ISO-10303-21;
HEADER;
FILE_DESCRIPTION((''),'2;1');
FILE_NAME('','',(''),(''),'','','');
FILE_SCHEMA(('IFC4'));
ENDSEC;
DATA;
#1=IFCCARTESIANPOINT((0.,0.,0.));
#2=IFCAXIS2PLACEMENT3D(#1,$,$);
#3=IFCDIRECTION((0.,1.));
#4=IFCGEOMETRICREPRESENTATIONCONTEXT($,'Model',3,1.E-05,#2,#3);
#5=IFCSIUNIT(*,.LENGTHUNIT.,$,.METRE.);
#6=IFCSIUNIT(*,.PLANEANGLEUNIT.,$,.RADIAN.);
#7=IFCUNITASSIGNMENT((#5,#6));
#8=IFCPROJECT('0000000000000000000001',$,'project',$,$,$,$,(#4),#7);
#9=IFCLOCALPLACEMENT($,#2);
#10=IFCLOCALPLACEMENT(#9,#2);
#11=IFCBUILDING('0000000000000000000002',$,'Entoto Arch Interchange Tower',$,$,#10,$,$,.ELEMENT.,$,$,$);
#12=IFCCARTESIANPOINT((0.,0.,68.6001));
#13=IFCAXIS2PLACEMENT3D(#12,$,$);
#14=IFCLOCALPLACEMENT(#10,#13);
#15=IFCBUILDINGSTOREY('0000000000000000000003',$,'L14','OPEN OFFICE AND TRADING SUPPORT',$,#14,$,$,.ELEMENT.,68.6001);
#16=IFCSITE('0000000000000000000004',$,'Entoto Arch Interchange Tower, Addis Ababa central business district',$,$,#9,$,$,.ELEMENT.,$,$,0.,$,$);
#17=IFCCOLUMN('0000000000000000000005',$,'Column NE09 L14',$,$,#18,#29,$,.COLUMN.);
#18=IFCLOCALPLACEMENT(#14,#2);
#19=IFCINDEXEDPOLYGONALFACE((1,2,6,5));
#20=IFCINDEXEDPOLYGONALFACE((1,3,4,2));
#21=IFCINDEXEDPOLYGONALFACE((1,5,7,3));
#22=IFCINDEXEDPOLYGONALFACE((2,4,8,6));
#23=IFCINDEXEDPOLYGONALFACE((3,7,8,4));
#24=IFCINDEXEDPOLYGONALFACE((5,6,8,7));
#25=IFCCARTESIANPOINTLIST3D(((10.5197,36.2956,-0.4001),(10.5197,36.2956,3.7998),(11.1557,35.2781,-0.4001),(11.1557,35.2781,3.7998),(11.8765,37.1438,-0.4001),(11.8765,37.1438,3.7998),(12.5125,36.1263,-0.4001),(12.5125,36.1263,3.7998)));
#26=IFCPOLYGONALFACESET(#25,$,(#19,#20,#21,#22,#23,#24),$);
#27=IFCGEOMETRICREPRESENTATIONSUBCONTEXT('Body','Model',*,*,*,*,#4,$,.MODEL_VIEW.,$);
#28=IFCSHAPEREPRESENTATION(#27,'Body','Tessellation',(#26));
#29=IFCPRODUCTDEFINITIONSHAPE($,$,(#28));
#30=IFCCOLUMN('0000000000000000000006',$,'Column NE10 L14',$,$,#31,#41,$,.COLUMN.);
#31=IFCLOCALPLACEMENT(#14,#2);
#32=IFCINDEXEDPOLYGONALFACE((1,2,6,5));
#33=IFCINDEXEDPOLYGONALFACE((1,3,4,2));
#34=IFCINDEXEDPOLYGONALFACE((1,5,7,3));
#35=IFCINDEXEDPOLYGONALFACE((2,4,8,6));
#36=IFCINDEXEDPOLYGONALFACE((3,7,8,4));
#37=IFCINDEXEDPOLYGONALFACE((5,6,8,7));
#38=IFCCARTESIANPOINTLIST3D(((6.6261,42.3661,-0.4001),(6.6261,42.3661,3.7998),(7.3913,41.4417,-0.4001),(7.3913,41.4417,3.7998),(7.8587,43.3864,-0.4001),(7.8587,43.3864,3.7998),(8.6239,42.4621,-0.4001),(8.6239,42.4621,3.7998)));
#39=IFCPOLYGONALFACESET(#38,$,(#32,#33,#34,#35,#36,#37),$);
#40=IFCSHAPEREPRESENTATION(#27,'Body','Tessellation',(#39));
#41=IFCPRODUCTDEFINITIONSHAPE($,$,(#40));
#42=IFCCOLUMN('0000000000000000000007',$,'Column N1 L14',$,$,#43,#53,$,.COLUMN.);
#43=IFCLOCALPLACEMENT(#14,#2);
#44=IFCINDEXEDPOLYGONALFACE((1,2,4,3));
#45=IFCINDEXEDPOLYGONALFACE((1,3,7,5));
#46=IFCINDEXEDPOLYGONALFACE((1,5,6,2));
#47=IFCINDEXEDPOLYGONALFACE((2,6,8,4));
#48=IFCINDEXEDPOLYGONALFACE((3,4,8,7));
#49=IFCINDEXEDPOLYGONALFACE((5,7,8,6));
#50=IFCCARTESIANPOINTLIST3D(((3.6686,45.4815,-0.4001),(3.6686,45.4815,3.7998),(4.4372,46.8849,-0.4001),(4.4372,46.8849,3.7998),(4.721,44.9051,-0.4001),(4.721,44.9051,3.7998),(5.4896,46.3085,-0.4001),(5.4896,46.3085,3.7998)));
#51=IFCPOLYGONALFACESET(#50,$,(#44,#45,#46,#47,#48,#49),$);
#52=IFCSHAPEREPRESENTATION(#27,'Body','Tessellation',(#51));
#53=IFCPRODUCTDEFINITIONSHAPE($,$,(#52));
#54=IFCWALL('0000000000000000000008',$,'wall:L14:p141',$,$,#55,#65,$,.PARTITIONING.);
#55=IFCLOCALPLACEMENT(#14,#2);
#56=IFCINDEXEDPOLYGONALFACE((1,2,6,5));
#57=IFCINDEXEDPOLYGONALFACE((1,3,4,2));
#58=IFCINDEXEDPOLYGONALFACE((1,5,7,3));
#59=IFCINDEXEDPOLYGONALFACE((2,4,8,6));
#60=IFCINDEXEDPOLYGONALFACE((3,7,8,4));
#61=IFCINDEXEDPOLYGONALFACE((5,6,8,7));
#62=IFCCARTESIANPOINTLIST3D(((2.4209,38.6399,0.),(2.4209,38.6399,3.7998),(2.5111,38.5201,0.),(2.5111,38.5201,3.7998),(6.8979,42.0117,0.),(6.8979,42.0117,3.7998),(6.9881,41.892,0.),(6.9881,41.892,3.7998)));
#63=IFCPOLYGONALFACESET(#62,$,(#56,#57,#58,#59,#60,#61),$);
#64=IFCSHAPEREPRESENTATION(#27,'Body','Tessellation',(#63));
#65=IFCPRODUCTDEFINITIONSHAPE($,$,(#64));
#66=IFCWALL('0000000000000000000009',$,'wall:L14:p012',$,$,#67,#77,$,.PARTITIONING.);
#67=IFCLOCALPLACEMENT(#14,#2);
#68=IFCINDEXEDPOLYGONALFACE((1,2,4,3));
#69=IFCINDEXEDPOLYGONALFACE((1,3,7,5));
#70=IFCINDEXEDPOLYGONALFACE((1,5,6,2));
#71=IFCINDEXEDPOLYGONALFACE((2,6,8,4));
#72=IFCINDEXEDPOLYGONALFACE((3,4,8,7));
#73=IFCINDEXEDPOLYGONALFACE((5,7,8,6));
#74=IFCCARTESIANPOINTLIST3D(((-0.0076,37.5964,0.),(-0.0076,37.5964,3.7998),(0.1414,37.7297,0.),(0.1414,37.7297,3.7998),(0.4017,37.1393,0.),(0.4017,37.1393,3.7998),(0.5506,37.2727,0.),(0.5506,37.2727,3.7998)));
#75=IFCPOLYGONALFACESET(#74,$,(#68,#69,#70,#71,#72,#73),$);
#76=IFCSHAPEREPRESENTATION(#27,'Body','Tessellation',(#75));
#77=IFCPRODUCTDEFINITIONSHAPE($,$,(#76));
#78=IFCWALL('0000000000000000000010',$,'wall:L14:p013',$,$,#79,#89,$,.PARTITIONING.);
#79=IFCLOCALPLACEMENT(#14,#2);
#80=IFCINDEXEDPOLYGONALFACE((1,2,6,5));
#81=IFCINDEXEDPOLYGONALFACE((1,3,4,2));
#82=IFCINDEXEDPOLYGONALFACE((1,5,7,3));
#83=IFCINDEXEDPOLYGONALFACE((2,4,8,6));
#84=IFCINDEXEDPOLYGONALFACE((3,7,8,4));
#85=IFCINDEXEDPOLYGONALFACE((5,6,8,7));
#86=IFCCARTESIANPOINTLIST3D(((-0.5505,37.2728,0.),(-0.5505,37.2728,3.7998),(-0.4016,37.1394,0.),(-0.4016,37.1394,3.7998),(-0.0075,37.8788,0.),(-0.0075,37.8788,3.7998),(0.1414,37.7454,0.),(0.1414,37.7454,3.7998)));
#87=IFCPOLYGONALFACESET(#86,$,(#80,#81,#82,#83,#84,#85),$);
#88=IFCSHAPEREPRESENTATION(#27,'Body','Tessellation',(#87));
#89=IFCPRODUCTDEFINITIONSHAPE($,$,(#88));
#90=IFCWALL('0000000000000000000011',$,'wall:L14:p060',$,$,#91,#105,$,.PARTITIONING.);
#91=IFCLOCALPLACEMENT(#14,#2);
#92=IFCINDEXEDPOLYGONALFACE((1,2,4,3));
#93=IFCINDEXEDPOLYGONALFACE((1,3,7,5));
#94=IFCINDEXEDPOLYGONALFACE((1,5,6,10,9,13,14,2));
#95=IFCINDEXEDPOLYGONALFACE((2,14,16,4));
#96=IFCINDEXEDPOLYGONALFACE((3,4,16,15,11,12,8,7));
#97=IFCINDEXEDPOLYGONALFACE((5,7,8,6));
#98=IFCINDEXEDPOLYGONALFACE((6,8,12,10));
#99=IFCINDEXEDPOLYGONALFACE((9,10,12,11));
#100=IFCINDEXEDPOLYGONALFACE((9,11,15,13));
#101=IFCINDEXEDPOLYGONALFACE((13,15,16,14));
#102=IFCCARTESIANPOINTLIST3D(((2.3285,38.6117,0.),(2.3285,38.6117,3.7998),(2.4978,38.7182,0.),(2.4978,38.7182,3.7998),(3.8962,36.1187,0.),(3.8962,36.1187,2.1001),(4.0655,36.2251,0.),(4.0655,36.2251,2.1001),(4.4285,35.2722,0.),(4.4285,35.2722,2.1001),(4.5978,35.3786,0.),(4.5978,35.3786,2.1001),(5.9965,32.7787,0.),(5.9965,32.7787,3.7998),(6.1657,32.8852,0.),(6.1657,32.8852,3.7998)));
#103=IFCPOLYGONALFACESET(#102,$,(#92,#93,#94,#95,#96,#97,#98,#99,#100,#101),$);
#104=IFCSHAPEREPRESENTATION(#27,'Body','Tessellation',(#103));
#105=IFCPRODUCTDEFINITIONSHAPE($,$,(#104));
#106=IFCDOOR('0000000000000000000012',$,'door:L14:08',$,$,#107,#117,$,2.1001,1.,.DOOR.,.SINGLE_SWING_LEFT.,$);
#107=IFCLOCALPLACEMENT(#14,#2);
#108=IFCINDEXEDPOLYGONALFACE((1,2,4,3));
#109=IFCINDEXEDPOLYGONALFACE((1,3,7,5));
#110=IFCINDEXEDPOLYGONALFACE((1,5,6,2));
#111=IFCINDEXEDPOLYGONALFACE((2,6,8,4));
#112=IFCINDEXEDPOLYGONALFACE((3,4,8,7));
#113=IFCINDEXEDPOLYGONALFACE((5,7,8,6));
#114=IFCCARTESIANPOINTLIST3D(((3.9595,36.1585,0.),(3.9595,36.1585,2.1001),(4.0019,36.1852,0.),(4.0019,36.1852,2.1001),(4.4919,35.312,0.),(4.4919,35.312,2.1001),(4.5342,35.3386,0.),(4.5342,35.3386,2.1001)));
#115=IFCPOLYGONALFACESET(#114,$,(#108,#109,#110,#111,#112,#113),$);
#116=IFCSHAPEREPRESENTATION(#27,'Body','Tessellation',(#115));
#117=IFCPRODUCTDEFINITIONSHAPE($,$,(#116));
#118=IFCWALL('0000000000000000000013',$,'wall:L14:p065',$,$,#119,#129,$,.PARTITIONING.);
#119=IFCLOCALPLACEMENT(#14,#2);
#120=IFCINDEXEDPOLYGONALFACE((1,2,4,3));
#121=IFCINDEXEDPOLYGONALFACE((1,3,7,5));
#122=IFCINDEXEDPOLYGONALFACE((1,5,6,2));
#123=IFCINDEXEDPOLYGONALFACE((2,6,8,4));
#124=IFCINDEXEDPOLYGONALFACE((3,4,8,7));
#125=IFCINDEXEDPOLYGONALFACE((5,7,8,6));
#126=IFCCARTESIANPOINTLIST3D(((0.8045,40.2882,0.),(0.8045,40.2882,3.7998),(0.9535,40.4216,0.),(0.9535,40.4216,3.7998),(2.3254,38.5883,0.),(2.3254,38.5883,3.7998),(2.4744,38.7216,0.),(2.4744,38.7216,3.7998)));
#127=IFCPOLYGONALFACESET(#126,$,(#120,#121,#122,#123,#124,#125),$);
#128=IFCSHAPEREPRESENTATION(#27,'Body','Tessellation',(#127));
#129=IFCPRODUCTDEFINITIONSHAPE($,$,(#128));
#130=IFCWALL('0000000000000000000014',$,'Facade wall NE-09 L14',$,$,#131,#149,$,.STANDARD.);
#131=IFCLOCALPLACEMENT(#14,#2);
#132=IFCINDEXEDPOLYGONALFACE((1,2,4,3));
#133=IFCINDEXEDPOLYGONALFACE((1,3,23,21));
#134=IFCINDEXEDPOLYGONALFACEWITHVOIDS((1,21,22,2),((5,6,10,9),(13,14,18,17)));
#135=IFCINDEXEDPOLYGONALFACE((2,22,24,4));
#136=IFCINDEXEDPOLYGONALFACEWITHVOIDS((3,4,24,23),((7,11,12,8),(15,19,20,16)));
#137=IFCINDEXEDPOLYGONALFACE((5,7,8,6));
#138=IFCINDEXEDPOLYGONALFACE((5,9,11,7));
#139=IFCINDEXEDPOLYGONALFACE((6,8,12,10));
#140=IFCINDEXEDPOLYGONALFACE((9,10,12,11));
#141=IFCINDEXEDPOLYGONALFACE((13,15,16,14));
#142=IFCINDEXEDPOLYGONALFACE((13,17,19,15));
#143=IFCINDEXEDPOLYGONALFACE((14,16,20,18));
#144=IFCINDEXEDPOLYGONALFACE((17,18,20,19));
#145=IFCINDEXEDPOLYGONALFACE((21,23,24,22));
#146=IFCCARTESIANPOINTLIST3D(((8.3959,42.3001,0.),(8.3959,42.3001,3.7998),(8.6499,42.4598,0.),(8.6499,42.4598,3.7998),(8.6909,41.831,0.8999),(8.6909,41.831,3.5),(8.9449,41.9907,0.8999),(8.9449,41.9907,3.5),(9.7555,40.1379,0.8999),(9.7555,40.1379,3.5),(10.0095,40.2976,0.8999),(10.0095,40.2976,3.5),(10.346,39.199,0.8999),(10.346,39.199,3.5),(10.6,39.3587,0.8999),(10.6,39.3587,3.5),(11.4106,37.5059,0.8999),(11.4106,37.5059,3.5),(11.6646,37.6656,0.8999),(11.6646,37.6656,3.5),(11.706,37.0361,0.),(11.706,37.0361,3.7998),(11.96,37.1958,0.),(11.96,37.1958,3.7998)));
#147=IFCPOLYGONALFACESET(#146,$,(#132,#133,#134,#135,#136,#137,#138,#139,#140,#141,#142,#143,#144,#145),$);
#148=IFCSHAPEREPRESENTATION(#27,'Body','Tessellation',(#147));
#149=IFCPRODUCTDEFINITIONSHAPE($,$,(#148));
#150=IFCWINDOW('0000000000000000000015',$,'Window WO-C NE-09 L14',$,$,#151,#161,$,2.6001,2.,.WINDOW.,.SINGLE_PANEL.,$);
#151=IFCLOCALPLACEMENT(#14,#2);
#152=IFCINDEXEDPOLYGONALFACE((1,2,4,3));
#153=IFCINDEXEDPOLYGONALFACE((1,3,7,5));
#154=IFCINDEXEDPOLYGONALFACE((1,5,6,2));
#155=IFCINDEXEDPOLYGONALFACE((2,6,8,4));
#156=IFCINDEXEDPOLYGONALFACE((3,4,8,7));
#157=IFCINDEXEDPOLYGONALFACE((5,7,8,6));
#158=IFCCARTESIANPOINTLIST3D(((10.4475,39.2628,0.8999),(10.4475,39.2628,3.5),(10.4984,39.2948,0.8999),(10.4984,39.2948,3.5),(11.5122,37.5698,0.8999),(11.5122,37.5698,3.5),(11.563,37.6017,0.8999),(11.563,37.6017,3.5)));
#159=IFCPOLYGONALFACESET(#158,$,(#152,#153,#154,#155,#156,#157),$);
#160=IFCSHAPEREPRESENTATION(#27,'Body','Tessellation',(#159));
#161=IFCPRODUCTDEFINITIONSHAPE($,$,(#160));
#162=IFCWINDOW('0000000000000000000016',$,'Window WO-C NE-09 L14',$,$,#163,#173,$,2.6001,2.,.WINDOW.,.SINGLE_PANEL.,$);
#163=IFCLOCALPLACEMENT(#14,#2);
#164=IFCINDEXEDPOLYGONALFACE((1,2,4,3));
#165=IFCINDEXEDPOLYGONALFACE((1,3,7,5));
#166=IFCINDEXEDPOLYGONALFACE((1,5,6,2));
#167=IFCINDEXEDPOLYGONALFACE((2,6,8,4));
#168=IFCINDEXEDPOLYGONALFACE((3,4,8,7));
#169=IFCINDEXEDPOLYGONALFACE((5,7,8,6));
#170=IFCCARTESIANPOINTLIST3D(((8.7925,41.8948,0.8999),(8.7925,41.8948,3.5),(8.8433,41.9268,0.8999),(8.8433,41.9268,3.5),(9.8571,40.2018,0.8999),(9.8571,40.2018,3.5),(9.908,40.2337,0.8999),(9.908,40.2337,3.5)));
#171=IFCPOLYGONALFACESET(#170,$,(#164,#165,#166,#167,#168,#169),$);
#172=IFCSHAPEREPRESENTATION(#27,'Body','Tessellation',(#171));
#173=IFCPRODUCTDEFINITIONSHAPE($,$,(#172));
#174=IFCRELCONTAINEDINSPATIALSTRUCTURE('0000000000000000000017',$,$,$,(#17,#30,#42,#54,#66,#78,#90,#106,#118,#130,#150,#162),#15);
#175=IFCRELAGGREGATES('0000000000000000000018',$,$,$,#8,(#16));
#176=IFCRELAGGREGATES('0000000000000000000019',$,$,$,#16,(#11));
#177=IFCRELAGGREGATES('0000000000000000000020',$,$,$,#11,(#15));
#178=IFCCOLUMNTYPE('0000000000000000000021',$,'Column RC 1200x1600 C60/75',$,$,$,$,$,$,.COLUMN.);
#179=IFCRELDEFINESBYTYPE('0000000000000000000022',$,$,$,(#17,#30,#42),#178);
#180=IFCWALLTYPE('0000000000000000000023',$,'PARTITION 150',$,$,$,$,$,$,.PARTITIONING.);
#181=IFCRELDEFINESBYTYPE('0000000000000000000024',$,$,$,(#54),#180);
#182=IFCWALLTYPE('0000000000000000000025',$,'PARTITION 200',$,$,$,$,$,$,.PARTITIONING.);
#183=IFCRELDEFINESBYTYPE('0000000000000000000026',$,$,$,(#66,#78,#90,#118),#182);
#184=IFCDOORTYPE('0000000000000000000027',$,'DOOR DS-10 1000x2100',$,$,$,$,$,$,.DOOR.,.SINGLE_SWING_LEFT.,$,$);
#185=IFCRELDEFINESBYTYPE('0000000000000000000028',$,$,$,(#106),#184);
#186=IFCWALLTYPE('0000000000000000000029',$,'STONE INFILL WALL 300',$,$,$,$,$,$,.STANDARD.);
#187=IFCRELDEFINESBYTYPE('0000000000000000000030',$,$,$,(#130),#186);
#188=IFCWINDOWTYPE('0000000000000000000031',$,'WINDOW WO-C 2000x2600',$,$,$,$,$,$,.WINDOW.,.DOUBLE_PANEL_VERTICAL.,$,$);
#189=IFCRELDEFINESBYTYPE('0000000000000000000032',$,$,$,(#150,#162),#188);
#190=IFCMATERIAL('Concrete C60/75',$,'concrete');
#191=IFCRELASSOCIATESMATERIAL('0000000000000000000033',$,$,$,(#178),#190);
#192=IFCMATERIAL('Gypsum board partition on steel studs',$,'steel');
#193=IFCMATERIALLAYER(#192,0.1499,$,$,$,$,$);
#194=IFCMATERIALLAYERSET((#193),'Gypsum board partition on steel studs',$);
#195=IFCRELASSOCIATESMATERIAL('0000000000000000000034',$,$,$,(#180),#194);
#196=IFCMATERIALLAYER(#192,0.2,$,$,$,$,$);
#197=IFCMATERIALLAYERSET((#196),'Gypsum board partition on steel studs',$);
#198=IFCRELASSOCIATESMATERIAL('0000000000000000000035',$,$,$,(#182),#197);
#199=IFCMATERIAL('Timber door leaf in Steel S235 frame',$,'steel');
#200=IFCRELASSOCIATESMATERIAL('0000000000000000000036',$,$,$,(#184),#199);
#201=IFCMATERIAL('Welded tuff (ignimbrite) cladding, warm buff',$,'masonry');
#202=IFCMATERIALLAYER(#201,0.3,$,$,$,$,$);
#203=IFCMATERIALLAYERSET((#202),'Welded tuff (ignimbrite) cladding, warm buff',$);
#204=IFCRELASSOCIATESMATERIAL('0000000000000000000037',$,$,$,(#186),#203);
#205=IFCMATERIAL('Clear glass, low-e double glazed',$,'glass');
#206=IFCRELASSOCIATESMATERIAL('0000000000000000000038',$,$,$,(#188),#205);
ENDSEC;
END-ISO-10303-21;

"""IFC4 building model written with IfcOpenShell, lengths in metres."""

from ifc_helpers import new_model, si_unit, direction, frame, frame_2d, origin, origin_2d, place, context, subcontext, project, spatial, rectangle, extrude, material, layer, layer_set, material_profile, profile_set, type_object, element, fill, save


model = new_model("IFC4")

# Units and contexts
model_context = context("Model", 3, precision=1e-05, world=origin(), true_north=direction((0.0, 1.0)))
body_context = subcontext(model_context, "Body", "Model", "MODEL_VIEW")
ifc_project = project(units=[si_unit("LENGTHUNIT", "METRE"), si_unit("PLANEANGLEUNIT", "RADIAN")], contexts=[model_context])

# Site, building, storey
site_placement = place(None, origin())
site = spatial("IfcSite", under=ifc_project, at=site_placement, Name="Entoto Arch Interchange Tower, Addis Ababa central business district", CompositionType="ELEMENT", RefElevation=0.0)
building_placement = place(site_placement, origin())
building = spatial("IfcBuilding", under=site, at=building_placement, Name="Entoto Arch Interchange Tower", CompositionType="ELEMENT")
storey_placement = place(building_placement, frame((0.0, 0.0, 68.6001)))
storey = spatial("IfcBuildingStorey", under=building, at=storey_placement, Name="L14", Description="OPEN OFFICE AND TRADING SUPPORT", CompositionType="ELEMENT", Elevation=68.6001)

# Columns
ifc_material_1 = material(Name="Concrete C60/75", Category="concrete")
ifc_material_profile = material_profile(ifc_material_1, rectangle(XDim=1.2, YDim=1.6001, at=origin_2d()))
ifc_profile_set = profile_set([ifc_material_profile], Name="Concrete C60/75")
column_type = type_object("IfcColumnType", Name="Column RC 1200x1600 C60/75", PredefinedType="COLUMN", material=ifc_profile_set)
for number, where, z_axis, x_axis, name in (
    (1, (11.5161, 36.2109, -0.4001), (0.0, 0.0, 1.0), (-0.530067, 0.847956, 0.0), "Column NE09 L14"),
    (2, (7.625, 42.4141, -0.4001), (0.0, 0.0, 1.0), (-0.637666, 0.770313, 0.0), "Column NE10 L14"),
    (3, (4.5791, 45.895, -0.4001), (0.0, 0.0, 1.0), (-0.877079, 0.480346, 0.0), "Column N1 L14"),
):
    element("IfcColumn", number, at=place(storey_placement, frame(where, z_axis=z_axis, x_axis=x_axis)), inside=storey, type_object=column_type, Name=name, PredefinedType="COLUMN", context=body_context, shape_type="SweptSolid", body=[
        extrude(rectangle(XDim=1.2, YDim=1.6001, at=origin_2d()), origin(), (0.0, 0.0, 1.0), 4.2),
    ])

# Walls
ifc_material_2 = material(Name="Gypsum board partition on steel studs", Category="steel")
ifc_layer_1 = layer(ifc_material_2, 0.1499)
ifc_layer_set_1 = layer_set([ifc_layer_1], Name="Gypsum board partition on steel studs")
wall_type_1 = type_object("IfcWallType", Name="PARTITION 150", PredefinedType="PARTITIONING", material=ifc_layer_set_1)
wall_1_placement = place(storey_placement, frame((2.4661, 38.5801, 0.0), z_axis=(0.0, 0.0, 1.0), x_axis=(0.798796, 0.601602, 0.0)))
element("IfcWall", 4, at=wall_1_placement, inside=storey, type_object=wall_type_1, Name="wall:L14:p141", PredefinedType="PARTITIONING", context=body_context, shape_type="SweptSolid", body=[
    extrude(rectangle(XDim=5.6047, YDim=0.1499, at=frame_2d((2.8022, 0.0))), origin(), (0.0, 0.0, 1.0), 3.7998),
])
ifc_layer_2 = layer(ifc_material_2, 0.2)
ifc_layer_set_2 = layer_set([ifc_layer_2], Name="Gypsum board partition on steel studs")
wall_type_2 = type_object("IfcWallType", Name="PARTITION 200", PredefinedType="PARTITIONING", material=ifc_layer_set_2)
wall_2_placement = place(storey_placement, frame((0.4761, 37.2061, 0.0), z_axis=(0.0, 0.0, 1.0), x_axis=(-0.667027, 0.745033, 0.0)))
element("IfcWall", 5, at=wall_2_placement, inside=storey, type_object=wall_type_2, Name="wall:L14:p012", PredefinedType="PARTITIONING", context=body_context, shape_type="SweptSolid", body=[
    extrude(rectangle(XDim=0.6135, YDim=0.2, at=frame_2d((0.3066, 0.0))), origin(), (0.0, 0.0, 1.0), 3.7998),
])
wall_3_placement = place(storey_placement, frame((0.0669, 37.812, 0.0), z_axis=(0.0, 0.0, 1.0), x_axis=(-0.667338, -0.744755, 0.0)))
element("IfcWall", 6, at=wall_3_placement, inside=storey, type_object=wall_type_2, Name="wall:L14:p013", PredefinedType="PARTITIONING", context=body_context, shape_type="SweptSolid", body=[
    extrude(rectangle(XDim=0.8137, YDim=0.2, at=frame_2d((0.4067, 0.0))), origin(), (0.0, 0.0, 1.0), 3.7998),
])

# Wall, opening, door
wall_4_placement = place(storey_placement, frame((2.4131, 38.665, 0.0), z_axis=(0.0, 0.0, 1.0), x_axis=(0.532328, -0.846538, 0.0)))
wall_4 = element("IfcWall", 7, at=wall_4_placement, inside=storey, type_object=wall_type_2, Name="wall:L14:p060", PredefinedType="PARTITIONING", context=body_context, shape_type="SweptSolid", body=[
    extrude(rectangle(XDim=6.8904, YDim=0.2, at=frame_2d((3.4453, 0.0))), origin(), (0.0, 0.0, 1.0), 3.7998),
])
opening_1_placement = place(wall_4_placement, frame((2.9451, 0.0, 0.0)))
opening_1 = element("IfcOpeningElement", 8, at=opening_1_placement, cuts=wall_4, PredefinedType="OPENING", context=body_context, shape_type="SweptSolid", body=[
    extrude(rectangle(XDim=1.0, YDim=2.1001, at=frame_2d((0.5, 1.05))), frame((0.0, 0.1099, 0.0), z_axis=(0.0, -1.0, 0.0), x_axis=(1.0, 0.0, 0.0)), (0.0, 0.0, 1.0), 0.22),
])
ifc_material_3 = material(Name="Timber door leaf in Steel S235 frame", Category="steel")
door_type = type_object("IfcDoorType", Name="DOOR DS-10 1000x2100", OperationType="SINGLE_SWING_LEFT", PredefinedType="DOOR", material=ifc_material_3)
door_placement = place(opening_1_placement, origin())
door = element("IfcDoor", 9, at=door_placement, inside=storey, type_object=door_type, Name="door:L14:08", OperationType="SINGLE_SWING_LEFT", OverallHeight=2.1001, OverallWidth=1.0, PredefinedType="DOOR", context=body_context, shape_type="SweptSolid", body=[
    extrude(rectangle(XDim=1.0, YDim=2.1001, at=frame_2d((0.5, 1.05))), frame((0.0, 0.0249, 0.0), z_axis=(0.0, -1.0, 0.0), x_axis=(1.0, 0.0, 0.0)), (0.0, 0.0, 1.0), 0.05),
])
fill(opening_1, door)

# Wall
wall_5_placement = place(storey_placement, frame((0.8789, 40.355, 0.0), z_axis=(0.0, 0.0, 1.0), x_axis=(0.666792, -0.745244, 0.0)))
element("IfcWall", 10, at=wall_5_placement, inside=storey, type_object=wall_type_2, Name="wall:L14:p065", PredefinedType="PARTITIONING", context=body_context, shape_type="SweptSolid", body=[
    extrude(rectangle(XDim=2.281, YDim=0.2, at=frame_2d((1.1406, 0.0))), origin(), (0.0, 0.0, 1.0), 3.7998),
])

# Wall, openings, windows
ifc_material_4 = material(Name="Welded tuff (ignimbrite) cladding, warm buff", Category="masonry")
ifc_layer_3 = layer(ifc_material_4, 0.3)
ifc_layer_set_3 = layer_set([ifc_layer_3], Name="Welded tuff (ignimbrite) cladding, warm buff")
wall_type_3 = type_object("IfcWallType", Name="STONE INFILL WALL 300", PredefinedType="STANDARD", material=ifc_layer_set_3)
wall_6_placement = place(storey_placement, frame((11.833, 37.116, 0.0), z_axis=(0.0, 0.0, 1.0), x_axis=(-0.532323, 0.846542, 0.0)))
wall_6 = element("IfcWall", 11, at=wall_6_placement, inside=storey, type_object=wall_type_3, Name="Facade wall NE-09 L14", PredefinedType="STANDARD", context=body_context, shape_type="SweptSolid", body=[
    extrude(rectangle(XDim=6.2183, YDim=0.3, at=frame_2d((3.1091, 0.0))), origin(), (0.0, 0.0, 1.0), 3.7998),
])
opening_2_placement = place(wall_6_placement, frame((0.5549, 0.0, 0.8999)))
opening_2 = element("IfcOpeningElement", 12, at=opening_2_placement, cuts=wall_6, PredefinedType="OPENING", context=body_context, shape_type="SweptSolid", body=[
    extrude(rectangle(XDim=2.0, YDim=2.6001, at=frame_2d((1.0, 1.3))), frame((0.0, 0.1602, 0.0), z_axis=(0.0, -1.0, 0.0), x_axis=(1.0, 0.0, 0.0)), (0.0, 0.0, 1.0), 0.3201),
])
opening_3_placement = place(wall_6_placement, frame((3.6641, 0.0, 0.8999)))
opening_3 = element("IfcOpeningElement", 13, at=opening_3_placement, cuts=wall_6, PredefinedType="OPENING", context=body_context, shape_type="SweptSolid", body=[
    extrude(rectangle(XDim=2.0, YDim=2.6001, at=frame_2d((1.0, 1.3))), frame((0.0, 0.1602, 0.0), z_axis=(0.0, -1.0, 0.0), x_axis=(1.0, 0.0, 0.0)), (0.0, 0.0, 1.0), 0.3201),
])
ifc_material_5 = material(Name="Clear glass, low-e double glazed", Category="glass")
window_type_1 = type_object("IfcWindowType", Name="WINDOW WO-C 2000x2600", PartitioningType="DOUBLE_PANEL_VERTICAL", PredefinedType="WINDOW", material=ifc_material_5)
window_1_placement = place(opening_2_placement, origin())
window_1 = element("IfcWindow", 14, at=window_1_placement, inside=storey, type_object=window_type_1, Name="Window WO-C NE-09 L14", OverallHeight=2.6001, OverallWidth=2.0, PartitioningType="SINGLE_PANEL", PredefinedType="WINDOW", context=body_context, shape_type="SweptSolid", body=[
    extrude(rectangle(XDim=2.0, YDim=2.6001, at=frame_2d((1.0, 1.3))), frame((0.0, 0.03, 0.0), z_axis=(0.0, -1.0, 0.0), x_axis=(1.0, 0.0, 0.0)), (0.0, 0.0, 1.0), 0.0601),
])
fill(opening_2, window_1)
window_2_placement = place(opening_3_placement, origin())
window_2 = element("IfcWindow", 15, at=window_2_placement, inside=storey, type_object=window_type_1, Name="Window WO-C NE-09 L14", OverallHeight=2.6001, OverallWidth=2.0, PartitioningType="SINGLE_PANEL", PredefinedType="WINDOW", context=body_context, shape_type="SweptSolid", body=[
    extrude(rectangle(XDim=2.0, YDim=2.6001, at=frame_2d((1.0, 1.3))), frame((0.0, 0.03, 0.0), z_axis=(0.0, -1.0, 0.0), x_axis=(1.0, 0.0, 0.0)), (0.0, 0.0, 1.0), 0.0601),
])
fill(opening_3, window_2)

save(model, "model.ifc")
